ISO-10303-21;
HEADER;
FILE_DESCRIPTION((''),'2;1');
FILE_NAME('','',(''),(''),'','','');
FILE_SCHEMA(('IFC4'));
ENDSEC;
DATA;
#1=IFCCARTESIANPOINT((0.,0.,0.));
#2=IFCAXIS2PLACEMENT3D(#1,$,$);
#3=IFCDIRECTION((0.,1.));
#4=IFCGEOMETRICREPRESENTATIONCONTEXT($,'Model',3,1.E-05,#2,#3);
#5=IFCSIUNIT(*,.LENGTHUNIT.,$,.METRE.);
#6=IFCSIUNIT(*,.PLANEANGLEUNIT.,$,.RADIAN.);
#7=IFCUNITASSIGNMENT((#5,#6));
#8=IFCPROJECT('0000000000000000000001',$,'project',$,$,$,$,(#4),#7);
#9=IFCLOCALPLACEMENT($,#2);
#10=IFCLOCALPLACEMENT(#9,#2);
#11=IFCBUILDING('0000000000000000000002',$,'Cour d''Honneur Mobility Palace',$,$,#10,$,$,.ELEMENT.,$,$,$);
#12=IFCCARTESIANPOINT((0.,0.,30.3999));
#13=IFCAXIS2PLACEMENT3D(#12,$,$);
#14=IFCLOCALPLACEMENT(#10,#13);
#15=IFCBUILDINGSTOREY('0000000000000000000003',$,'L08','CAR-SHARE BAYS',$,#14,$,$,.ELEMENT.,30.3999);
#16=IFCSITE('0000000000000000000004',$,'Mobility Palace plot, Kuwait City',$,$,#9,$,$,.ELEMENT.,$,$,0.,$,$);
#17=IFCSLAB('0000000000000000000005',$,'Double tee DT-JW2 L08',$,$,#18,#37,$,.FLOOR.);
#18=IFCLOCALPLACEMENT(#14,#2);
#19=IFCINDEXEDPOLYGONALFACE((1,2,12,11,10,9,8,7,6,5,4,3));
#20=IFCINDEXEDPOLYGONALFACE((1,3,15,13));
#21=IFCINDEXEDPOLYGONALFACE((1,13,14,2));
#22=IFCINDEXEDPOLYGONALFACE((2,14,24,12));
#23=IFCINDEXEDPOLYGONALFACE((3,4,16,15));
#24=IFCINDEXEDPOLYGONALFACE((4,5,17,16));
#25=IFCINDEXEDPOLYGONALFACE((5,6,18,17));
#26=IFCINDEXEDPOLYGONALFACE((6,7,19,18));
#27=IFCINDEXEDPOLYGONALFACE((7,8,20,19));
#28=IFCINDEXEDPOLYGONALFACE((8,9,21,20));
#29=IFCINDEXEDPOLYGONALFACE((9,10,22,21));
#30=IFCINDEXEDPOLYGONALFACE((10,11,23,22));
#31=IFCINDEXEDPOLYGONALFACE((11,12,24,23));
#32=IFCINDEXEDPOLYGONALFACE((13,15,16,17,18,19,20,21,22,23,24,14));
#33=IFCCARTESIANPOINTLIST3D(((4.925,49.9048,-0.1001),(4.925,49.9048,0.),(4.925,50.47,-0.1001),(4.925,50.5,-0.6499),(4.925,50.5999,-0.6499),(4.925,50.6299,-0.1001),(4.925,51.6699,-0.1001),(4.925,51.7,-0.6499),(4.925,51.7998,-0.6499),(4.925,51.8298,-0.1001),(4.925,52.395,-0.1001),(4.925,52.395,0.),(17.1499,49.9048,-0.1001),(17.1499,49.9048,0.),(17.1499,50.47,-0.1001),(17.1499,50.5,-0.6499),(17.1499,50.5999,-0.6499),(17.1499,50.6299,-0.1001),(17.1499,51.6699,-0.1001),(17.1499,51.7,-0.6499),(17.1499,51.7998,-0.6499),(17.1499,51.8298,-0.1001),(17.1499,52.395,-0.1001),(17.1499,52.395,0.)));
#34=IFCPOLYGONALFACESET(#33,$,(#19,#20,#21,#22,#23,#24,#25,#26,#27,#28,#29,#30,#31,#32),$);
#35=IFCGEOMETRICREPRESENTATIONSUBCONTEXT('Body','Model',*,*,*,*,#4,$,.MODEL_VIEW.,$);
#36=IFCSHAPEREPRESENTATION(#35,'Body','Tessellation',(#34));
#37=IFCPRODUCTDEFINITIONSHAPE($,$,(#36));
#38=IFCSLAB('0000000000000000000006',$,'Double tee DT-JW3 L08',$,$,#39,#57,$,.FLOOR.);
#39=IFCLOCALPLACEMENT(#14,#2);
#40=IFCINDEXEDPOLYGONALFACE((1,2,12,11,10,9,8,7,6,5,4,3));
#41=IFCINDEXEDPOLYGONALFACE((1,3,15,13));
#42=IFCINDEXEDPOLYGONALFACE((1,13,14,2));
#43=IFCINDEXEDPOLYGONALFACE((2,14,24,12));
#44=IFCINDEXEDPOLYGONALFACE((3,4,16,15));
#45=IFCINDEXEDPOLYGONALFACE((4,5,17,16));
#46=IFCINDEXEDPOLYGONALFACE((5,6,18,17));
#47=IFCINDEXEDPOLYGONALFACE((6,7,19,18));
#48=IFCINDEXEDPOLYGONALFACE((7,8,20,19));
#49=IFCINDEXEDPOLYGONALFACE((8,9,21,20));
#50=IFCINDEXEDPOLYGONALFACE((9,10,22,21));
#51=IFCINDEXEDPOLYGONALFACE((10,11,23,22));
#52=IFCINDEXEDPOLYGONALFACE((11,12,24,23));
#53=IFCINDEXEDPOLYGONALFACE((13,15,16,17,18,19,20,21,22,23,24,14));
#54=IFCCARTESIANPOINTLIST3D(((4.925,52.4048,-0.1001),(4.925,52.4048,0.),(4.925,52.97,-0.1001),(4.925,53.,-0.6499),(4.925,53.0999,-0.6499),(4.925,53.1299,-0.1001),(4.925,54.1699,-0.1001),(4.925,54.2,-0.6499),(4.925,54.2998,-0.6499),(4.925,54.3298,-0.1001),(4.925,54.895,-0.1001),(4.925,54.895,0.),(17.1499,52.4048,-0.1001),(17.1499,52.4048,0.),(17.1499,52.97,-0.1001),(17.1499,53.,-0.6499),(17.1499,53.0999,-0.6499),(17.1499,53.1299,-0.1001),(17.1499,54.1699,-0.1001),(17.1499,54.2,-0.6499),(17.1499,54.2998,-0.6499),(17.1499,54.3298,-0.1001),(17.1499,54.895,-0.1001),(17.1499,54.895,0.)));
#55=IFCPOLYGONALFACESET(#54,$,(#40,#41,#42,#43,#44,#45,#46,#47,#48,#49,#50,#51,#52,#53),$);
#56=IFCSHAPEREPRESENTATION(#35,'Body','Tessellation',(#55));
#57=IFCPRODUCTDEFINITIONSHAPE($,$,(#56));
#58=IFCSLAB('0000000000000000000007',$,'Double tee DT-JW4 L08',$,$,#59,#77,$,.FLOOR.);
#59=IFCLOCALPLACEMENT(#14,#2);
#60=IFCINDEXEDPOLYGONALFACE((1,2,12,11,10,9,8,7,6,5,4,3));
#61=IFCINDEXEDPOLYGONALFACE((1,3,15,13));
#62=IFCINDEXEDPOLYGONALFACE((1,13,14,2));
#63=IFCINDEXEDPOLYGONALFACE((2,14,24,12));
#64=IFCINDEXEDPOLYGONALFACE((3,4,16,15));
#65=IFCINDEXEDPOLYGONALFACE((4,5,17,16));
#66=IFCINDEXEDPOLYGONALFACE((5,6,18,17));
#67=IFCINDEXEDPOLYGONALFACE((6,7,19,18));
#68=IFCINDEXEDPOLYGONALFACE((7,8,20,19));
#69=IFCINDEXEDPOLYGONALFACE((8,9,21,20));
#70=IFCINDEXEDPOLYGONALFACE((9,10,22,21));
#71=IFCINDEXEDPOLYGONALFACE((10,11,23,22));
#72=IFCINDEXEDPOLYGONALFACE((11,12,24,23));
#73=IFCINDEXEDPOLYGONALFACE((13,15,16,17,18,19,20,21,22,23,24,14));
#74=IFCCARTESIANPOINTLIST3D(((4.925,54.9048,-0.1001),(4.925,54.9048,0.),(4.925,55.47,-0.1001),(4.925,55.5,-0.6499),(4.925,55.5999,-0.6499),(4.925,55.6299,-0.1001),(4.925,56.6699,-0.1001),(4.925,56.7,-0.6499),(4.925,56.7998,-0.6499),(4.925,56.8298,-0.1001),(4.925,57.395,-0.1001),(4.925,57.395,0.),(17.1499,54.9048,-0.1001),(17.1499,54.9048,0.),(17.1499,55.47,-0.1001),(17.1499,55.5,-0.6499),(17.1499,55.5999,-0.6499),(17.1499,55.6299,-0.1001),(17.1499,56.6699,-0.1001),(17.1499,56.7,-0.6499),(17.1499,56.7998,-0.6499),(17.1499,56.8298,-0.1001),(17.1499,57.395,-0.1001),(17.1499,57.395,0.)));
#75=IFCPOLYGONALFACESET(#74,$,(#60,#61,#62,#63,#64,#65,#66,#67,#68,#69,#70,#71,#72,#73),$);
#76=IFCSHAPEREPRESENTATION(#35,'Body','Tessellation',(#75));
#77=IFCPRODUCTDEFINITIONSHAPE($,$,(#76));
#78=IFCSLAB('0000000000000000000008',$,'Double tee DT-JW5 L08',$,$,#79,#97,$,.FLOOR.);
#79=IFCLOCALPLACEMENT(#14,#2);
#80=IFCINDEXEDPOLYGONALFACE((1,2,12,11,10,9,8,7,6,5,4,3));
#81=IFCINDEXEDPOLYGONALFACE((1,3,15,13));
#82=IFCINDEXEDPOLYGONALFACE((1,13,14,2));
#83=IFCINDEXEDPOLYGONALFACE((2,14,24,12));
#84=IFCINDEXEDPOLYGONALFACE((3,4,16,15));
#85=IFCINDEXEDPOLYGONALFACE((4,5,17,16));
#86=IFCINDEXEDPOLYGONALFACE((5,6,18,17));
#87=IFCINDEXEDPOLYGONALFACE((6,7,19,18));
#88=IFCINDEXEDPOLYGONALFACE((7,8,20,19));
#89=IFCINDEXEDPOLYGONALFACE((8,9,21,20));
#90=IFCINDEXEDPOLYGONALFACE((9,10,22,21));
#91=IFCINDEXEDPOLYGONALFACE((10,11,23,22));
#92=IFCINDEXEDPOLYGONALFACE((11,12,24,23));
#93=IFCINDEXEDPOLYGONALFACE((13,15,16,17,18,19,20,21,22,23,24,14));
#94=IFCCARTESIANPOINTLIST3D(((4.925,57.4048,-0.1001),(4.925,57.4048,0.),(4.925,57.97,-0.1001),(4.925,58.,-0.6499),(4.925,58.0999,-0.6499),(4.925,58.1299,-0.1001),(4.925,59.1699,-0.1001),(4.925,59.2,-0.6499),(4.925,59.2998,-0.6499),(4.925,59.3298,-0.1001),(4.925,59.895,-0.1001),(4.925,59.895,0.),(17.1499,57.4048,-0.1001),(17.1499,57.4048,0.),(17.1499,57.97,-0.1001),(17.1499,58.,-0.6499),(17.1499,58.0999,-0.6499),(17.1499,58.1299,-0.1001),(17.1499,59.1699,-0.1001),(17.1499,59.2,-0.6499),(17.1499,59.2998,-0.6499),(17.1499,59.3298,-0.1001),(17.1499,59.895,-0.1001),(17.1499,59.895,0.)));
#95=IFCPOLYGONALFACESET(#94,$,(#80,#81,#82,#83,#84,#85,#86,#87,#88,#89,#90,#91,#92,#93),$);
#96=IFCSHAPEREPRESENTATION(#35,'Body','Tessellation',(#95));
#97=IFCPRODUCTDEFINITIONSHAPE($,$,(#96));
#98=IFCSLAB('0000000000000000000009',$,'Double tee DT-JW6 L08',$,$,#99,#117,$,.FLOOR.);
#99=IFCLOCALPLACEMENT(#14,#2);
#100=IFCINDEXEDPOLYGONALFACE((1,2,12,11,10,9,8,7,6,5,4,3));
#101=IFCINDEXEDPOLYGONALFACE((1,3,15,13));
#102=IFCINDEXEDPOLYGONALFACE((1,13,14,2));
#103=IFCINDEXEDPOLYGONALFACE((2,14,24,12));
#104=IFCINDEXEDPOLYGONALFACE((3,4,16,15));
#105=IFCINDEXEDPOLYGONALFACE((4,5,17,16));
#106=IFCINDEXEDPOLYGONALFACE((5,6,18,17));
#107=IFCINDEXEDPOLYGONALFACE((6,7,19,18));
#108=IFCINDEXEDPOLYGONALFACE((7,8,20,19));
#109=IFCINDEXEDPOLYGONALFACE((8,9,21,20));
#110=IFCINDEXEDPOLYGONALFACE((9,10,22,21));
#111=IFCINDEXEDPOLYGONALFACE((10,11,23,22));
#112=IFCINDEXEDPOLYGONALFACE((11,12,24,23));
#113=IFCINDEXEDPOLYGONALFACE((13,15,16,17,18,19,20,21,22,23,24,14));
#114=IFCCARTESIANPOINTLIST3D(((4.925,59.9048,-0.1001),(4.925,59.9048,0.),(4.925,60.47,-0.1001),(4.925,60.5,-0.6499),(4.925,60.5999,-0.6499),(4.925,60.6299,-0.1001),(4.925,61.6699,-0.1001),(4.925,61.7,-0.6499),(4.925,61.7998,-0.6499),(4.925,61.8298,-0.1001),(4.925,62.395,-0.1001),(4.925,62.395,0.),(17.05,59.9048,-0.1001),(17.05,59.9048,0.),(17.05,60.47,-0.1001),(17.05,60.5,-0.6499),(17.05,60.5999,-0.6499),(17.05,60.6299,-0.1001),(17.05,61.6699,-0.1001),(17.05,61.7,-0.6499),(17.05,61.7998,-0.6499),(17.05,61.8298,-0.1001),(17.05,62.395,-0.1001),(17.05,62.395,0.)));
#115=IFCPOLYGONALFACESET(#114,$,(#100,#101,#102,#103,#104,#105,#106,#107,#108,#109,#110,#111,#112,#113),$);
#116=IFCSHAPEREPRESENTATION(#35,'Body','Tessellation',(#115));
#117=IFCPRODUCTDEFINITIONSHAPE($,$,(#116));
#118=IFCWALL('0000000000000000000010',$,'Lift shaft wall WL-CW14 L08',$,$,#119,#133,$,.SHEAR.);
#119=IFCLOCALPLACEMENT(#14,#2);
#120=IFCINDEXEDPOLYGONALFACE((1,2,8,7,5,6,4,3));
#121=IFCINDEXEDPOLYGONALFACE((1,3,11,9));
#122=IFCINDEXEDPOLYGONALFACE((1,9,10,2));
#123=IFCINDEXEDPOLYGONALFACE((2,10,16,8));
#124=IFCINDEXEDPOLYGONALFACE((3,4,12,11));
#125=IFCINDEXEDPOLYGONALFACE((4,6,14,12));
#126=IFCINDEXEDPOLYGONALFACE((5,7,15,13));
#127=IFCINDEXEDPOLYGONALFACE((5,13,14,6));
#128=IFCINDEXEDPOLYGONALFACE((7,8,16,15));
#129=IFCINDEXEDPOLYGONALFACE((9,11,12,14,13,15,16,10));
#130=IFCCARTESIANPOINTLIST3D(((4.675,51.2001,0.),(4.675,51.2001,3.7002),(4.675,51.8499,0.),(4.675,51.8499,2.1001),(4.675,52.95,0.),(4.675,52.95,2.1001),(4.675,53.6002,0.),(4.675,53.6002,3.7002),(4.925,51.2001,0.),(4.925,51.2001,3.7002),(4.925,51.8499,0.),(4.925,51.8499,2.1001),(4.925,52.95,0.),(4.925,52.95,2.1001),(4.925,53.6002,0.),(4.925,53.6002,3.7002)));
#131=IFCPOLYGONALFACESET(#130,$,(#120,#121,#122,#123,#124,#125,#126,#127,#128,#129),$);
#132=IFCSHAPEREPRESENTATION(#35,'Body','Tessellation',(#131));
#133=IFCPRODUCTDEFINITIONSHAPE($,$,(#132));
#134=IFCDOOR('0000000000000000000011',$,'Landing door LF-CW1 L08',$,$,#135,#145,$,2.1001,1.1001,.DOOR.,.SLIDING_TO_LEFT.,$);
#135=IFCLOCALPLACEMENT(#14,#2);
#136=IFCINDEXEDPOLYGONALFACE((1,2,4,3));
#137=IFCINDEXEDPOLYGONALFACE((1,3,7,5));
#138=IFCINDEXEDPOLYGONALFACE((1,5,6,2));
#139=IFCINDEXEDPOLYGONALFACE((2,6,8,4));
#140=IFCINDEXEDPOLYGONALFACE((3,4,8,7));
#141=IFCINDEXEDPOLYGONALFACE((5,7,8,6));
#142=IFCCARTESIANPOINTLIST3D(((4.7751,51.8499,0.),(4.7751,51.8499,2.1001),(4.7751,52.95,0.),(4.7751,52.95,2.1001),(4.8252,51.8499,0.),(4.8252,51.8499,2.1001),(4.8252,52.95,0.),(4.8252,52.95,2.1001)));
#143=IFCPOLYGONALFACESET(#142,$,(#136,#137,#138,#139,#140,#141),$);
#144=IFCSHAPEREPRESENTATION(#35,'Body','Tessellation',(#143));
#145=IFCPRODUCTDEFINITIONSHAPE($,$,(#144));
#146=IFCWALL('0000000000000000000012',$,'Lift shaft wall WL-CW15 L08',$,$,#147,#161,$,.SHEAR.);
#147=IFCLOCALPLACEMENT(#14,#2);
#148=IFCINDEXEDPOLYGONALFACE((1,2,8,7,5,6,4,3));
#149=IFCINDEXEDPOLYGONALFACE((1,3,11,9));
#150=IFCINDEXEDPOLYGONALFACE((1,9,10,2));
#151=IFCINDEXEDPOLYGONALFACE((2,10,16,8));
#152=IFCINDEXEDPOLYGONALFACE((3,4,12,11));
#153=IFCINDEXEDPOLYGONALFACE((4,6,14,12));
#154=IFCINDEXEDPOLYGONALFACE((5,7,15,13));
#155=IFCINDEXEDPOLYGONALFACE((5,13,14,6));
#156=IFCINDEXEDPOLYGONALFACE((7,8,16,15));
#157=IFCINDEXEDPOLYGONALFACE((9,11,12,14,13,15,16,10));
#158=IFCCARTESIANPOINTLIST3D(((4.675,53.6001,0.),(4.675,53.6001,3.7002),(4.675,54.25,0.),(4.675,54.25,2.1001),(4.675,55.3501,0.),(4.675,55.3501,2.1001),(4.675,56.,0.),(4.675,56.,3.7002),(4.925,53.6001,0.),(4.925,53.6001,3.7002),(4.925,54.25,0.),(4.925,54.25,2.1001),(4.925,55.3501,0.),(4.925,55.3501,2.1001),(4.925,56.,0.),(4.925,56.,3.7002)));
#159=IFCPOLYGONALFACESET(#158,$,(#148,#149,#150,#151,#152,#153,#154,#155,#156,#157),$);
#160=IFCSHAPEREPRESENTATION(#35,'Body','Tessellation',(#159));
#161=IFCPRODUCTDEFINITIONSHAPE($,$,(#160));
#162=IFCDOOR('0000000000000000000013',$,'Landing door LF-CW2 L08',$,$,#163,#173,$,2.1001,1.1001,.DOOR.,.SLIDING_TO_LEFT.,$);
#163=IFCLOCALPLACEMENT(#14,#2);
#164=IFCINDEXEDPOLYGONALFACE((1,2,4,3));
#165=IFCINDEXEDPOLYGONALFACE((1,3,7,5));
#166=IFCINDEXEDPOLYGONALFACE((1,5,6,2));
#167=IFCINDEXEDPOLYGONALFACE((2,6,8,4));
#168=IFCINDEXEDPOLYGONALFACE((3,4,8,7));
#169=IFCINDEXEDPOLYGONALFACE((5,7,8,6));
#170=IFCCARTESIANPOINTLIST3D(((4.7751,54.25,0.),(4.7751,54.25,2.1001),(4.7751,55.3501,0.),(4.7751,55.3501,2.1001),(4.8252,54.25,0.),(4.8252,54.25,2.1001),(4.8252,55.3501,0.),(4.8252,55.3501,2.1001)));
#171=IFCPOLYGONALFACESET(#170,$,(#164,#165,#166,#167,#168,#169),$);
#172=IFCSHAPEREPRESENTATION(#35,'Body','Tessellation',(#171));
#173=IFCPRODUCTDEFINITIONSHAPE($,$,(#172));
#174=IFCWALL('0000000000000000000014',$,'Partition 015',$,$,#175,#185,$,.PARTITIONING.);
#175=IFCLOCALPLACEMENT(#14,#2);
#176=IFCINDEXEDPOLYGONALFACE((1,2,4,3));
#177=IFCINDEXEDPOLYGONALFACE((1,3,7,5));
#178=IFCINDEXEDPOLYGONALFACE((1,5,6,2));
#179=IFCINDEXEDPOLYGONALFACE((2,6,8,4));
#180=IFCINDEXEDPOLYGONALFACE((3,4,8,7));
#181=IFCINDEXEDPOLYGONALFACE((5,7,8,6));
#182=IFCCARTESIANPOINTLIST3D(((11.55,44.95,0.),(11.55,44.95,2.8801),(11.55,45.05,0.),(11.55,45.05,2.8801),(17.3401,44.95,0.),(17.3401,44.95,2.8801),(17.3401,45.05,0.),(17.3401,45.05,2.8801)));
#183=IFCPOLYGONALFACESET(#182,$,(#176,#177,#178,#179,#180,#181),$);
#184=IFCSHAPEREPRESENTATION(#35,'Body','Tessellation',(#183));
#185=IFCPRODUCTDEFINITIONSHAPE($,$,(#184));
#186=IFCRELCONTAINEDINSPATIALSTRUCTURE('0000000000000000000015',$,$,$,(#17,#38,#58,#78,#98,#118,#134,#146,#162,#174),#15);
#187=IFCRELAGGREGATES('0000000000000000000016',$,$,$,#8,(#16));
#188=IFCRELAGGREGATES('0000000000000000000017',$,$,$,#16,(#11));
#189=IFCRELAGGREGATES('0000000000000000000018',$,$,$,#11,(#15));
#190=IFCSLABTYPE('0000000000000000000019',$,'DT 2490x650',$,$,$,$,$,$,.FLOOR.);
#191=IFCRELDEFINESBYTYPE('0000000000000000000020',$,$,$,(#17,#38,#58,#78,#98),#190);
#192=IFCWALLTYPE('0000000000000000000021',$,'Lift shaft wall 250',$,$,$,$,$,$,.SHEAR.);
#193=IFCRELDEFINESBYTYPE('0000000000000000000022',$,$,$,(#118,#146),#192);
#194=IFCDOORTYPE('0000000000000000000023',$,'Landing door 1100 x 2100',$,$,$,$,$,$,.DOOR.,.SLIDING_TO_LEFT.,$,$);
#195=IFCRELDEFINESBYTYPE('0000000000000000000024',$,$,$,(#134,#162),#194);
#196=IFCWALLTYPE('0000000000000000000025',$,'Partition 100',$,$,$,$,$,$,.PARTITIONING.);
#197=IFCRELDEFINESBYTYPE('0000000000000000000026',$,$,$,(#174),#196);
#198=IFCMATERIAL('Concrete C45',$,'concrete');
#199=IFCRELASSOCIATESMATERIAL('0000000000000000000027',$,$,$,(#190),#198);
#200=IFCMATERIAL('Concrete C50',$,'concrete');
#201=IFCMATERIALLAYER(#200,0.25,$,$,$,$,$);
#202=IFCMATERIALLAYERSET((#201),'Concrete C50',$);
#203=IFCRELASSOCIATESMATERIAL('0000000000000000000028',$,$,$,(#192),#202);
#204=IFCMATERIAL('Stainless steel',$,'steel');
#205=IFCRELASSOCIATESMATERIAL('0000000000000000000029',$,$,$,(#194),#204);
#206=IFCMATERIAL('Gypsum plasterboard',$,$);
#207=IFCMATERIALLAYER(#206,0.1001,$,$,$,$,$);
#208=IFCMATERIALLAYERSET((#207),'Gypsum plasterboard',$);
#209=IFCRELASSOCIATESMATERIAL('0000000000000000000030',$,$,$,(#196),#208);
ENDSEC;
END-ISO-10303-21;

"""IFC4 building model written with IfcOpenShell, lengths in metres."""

from ifc_helpers import new_model, si_unit, direction, frame, frame_2d, origin, place, context, subcontext, project, spatial, polyline, rectangle, outline, extrude, material, layer, layer_set, material_profile, profile_set, type_object, element, fill, save


model = new_model("IFC4")

# Units and contexts
model_context = context("Model", 3, precision=1e-05, world=origin(), true_north=direction((0.0, 1.0)))
body_context = subcontext(model_context, "Body", "Model", "MODEL_VIEW")
ifc_project = project(units=[si_unit("LENGTHUNIT", "METRE"), si_unit("PLANEANGLEUNIT", "RADIAN")], contexts=[model_context])

# Site, building, storey
site_placement = place(None, origin())
site = spatial("IfcSite", under=ifc_project, at=site_placement, Name="Mobility Palace plot, Kuwait City", CompositionType="ELEMENT", RefElevation=0.0)
building_placement = place(site_placement, origin())
building = spatial("IfcBuilding", under=site, at=building_placement, Name="Cour d'Honneur Mobility Palace", CompositionType="ELEMENT")
storey_placement = place(building_placement, frame((0.0, 0.0, 30.3999)))
storey = spatial("IfcBuildingStorey", under=building, at=storey_placement, Name="L08", Description="CAR-SHARE BAYS", CompositionType="ELEMENT", Elevation=30.3999)

# Slabs
ifc_material_1 = material(Name="Concrete C45", Category="concrete")
ifc_material_profile_1 = material_profile(ifc_material_1, outline(polyline([(-1.2451, 0.0), (1.2451, 0.0), (1.2451, -0.1001), (0.6799, -0.1001), (0.6499, -0.6499), (0.55, -0.6499), (0.52, -0.1001), (-0.52, -0.1001), (-0.55, -0.6499), (-0.6499, -0.6499), (-0.6799, -0.1001), (-1.2451, -0.1001), (-1.2451, 0.0)])), Name="DT 2490x650")
ifc_profile_set_1 = profile_set([ifc_material_profile_1], Name="Concrete C45")
slab_type = type_object("IfcSlabType", Name="DT 2490x650", PredefinedType="FLOOR", material=ifc_profile_set_1)
for number, where, z_axis, x_axis, name in (
    (1, (4.925, 51.1499, 0.0), (1.0, 0.0, 0.0), (0.0, 1.0, 0.0), "Double tee DT-JW2 L08"),
    (2, (4.925, 53.6499, 0.0), (1.0, 0.0, 0.0), (0.0, 1.0, 0.0), "Double tee DT-JW3 L08"),
    (3, (4.925, 56.1499, 0.0), (1.0, 0.0, 0.0), (0.0, 1.0, 0.0), "Double tee DT-JW4 L08"),
    (4, (4.925, 58.6499, 0.0), (1.0, 0.0, 0.0), (0.0, 1.0, 0.0), "Double tee DT-JW5 L08"),
):
    element("IfcSlab", number, at=place(storey_placement, frame(where, z_axis=z_axis, x_axis=x_axis)), inside=storey, type_object=slab_type, Name=name, PredefinedType="FLOOR", context=body_context, shape_type="SweptSolid", body=[
        extrude(outline(polyline([(-1.2451, 0.0), (1.2451, 0.0), (1.2451, -0.1001), (0.6799, -0.1001), (0.6499, -0.6499), (0.55, -0.6499), (0.52, -0.1001), (-0.52, -0.1001), (-0.55, -0.6499), (-0.6499, -0.6499), (-0.6799, -0.1001), (-1.2451, -0.1001), (-1.2451, 0.0)])), origin(), (0.0, 0.0, 1.0), 12.2249),
    ])
slab_placement = place(storey_placement, frame((4.925, 61.1499, 0.0), z_axis=(1.0, 0.0, 0.0), x_axis=(0.0, 1.0, 0.0)))
element("IfcSlab", 5, at=slab_placement, inside=storey, type_object=slab_type, Name="Double tee DT-JW6 L08", PredefinedType="FLOOR", context=body_context, shape_type="SweptSolid", body=[
    extrude(outline(polyline([(-1.2451, 0.0), (1.2451, 0.0), (1.2451, -0.1001), (0.6799, -0.1001), (0.6499, -0.6499), (0.55, -0.6499), (0.52, -0.1001), (-0.52, -0.1001), (-0.55, -0.6499), (-0.6499, -0.6499), (-0.6799, -0.1001), (-1.2451, -0.1001), (-1.2451, 0.0)])), origin(), (0.0, 0.0, 1.0), 12.125),
])

# Walls, openings, doors
ifc_material_2 = material(Name="Concrete C50", Category="concrete")
ifc_layer_1 = layer(ifc_material_2, 0.25)
ifc_layer_set_1 = layer_set([ifc_layer_1], Name="Concrete C50")
wall_type_1 = type_object("IfcWallType", Name="Lift shaft wall 250", PredefinedType="SHEAR", material=ifc_layer_set_1)
wall_1_placement = place(storey_placement, frame((4.8, 51.2, 0.0), z_axis=(0.0, 0.0, 1.0), x_axis=(0.0, 1.0, 0.0)))
wall_1 = element("IfcWall", 6, at=wall_1_placement, inside=storey, type_object=wall_type_1, Name="Lift shaft wall WL-CW14 L08", PredefinedType="SHEAR", context=body_context, shape_type="SweptSolid", body=[
    extrude(rectangle(XDim=2.4001, YDim=0.25, at=frame_2d((1.2002, 0.0))), origin(), (0.0, 0.0, 1.0), 3.7002),
])
opening_1_placement = place(wall_1_placement, frame((0.6499, 0.0, 0.0)))
opening_1 = element("IfcOpeningElement", 7, at=opening_1_placement, cuts=wall_1, PredefinedType="OPENING", context=body_context, shape_type="SweptSolid", body=[
    extrude(rectangle(XDim=1.1001, YDim=2.1001, at=frame_2d((0.55, 1.05))), frame((0.0, 0.135, 0.0), z_axis=(0.0, -1.0, 0.0), x_axis=(1.0, 0.0, 0.0)), (0.0, 0.0, 1.0), 0.27),
])
ifc_material_3 = material(Name="Stainless steel", Category="steel")
door_type_1 = type_object("IfcDoorType", Name="Landing door 1100 x 2100", OperationType="SLIDING_TO_LEFT", PredefinedType="DOOR", material=ifc_material_3)
door_1_placement = place(opening_1_placement, origin())
door_1 = element("IfcDoor", 8, at=door_1_placement, inside=storey, type_object=door_type_1, Name="Landing door LF-CW1 L08", OperationType="SLIDING_TO_LEFT", OverallHeight=2.1001, OverallWidth=1.1001, PredefinedType="DOOR", context=body_context, shape_type="SweptSolid", body=[
    extrude(rectangle(XDim=1.1001, YDim=2.1001, at=frame_2d((0.55, 1.05))), frame((0.0, 0.0249, 0.0), z_axis=(0.0, -1.0, 0.0), x_axis=(1.0, 0.0, 0.0)), (0.0, 0.0, 1.0), 0.05),
])
fill(opening_1, door_1)
wall_2_placement = place(storey_placement, frame((4.8, 53.6001, 0.0), z_axis=(0.0, 0.0, 1.0), x_axis=(0.0, 1.0, 0.0)))
wall_2 = element("IfcWall", 9, at=wall_2_placement, inside=storey, type_object=wall_type_1, Name="Lift shaft wall WL-CW15 L08", PredefinedType="SHEAR", context=body_context, shape_type="SweptSolid", body=[
    extrude(rectangle(XDim=2.3999, YDim=0.25, at=frame_2d((1.2, 0.0))), origin(), (0.0, 0.0, 1.0), 3.7002),
])
opening_2_placement = place(wall_2_placement, frame((0.6499, 0.0, 0.0)))
opening_2 = element("IfcOpeningElement", 10, at=opening_2_placement, cuts=wall_2, PredefinedType="OPENING", context=body_context, shape_type="SweptSolid", body=[
    extrude(rectangle(XDim=1.1001, YDim=2.1001, at=frame_2d((0.55, 1.05))), frame((0.0, 0.135, 0.0), z_axis=(0.0, -1.0, 0.0), x_axis=(1.0, 0.0, 0.0)), (0.0, 0.0, 1.0), 0.27),
])
door_2_placement = place(opening_2_placement, origin())
door_2 = element("IfcDoor", 11, at=door_2_placement, inside=storey, type_object=door_type_1, Name="Landing door LF-CW2 L08", OperationType="SLIDING_TO_LEFT", OverallHeight=2.1001, OverallWidth=1.1001, PredefinedType="DOOR", context=body_context, shape_type="SweptSolid", body=[
    extrude(rectangle(XDim=1.1001, YDim=2.1001, at=frame_2d((0.55, 1.05))), frame((0.0, 0.0249, 0.0), z_axis=(0.0, -1.0, 0.0), x_axis=(1.0, 0.0, 0.0)), (0.0, 0.0, 1.0), 0.05),
])
fill(opening_2, door_2)

# Wall
ifc_material_4 = material(Name="Gypsum plasterboard")
ifc_layer_2 = layer(ifc_material_4, 0.1001)
ifc_layer_set_2 = layer_set([ifc_layer_2], Name="Gypsum plasterboard")
wall_type_2 = type_object("IfcWallType", Name="Partition 100", PredefinedType="PARTITIONING", material=ifc_layer_set_2)
wall_3_placement = place(storey_placement, frame((11.55, 45.0, 0.0), z_axis=(0.0, 0.0, 1.0), x_axis=(1.0, 0.0, 0.0)))
element("IfcWall", 12, at=wall_3_placement, inside=storey, type_object=wall_type_2, Name="Partition 015", PredefinedType="PARTITIONING", context=body_context, shape_type="SweptSolid", body=[
    extrude(rectangle(XDim=5.79, YDim=0.1001, at=frame_2d((2.895, 0.0))), origin(), (0.0, 0.0, 1.0), 2.8801),
])

save(model, "model.ifc")
